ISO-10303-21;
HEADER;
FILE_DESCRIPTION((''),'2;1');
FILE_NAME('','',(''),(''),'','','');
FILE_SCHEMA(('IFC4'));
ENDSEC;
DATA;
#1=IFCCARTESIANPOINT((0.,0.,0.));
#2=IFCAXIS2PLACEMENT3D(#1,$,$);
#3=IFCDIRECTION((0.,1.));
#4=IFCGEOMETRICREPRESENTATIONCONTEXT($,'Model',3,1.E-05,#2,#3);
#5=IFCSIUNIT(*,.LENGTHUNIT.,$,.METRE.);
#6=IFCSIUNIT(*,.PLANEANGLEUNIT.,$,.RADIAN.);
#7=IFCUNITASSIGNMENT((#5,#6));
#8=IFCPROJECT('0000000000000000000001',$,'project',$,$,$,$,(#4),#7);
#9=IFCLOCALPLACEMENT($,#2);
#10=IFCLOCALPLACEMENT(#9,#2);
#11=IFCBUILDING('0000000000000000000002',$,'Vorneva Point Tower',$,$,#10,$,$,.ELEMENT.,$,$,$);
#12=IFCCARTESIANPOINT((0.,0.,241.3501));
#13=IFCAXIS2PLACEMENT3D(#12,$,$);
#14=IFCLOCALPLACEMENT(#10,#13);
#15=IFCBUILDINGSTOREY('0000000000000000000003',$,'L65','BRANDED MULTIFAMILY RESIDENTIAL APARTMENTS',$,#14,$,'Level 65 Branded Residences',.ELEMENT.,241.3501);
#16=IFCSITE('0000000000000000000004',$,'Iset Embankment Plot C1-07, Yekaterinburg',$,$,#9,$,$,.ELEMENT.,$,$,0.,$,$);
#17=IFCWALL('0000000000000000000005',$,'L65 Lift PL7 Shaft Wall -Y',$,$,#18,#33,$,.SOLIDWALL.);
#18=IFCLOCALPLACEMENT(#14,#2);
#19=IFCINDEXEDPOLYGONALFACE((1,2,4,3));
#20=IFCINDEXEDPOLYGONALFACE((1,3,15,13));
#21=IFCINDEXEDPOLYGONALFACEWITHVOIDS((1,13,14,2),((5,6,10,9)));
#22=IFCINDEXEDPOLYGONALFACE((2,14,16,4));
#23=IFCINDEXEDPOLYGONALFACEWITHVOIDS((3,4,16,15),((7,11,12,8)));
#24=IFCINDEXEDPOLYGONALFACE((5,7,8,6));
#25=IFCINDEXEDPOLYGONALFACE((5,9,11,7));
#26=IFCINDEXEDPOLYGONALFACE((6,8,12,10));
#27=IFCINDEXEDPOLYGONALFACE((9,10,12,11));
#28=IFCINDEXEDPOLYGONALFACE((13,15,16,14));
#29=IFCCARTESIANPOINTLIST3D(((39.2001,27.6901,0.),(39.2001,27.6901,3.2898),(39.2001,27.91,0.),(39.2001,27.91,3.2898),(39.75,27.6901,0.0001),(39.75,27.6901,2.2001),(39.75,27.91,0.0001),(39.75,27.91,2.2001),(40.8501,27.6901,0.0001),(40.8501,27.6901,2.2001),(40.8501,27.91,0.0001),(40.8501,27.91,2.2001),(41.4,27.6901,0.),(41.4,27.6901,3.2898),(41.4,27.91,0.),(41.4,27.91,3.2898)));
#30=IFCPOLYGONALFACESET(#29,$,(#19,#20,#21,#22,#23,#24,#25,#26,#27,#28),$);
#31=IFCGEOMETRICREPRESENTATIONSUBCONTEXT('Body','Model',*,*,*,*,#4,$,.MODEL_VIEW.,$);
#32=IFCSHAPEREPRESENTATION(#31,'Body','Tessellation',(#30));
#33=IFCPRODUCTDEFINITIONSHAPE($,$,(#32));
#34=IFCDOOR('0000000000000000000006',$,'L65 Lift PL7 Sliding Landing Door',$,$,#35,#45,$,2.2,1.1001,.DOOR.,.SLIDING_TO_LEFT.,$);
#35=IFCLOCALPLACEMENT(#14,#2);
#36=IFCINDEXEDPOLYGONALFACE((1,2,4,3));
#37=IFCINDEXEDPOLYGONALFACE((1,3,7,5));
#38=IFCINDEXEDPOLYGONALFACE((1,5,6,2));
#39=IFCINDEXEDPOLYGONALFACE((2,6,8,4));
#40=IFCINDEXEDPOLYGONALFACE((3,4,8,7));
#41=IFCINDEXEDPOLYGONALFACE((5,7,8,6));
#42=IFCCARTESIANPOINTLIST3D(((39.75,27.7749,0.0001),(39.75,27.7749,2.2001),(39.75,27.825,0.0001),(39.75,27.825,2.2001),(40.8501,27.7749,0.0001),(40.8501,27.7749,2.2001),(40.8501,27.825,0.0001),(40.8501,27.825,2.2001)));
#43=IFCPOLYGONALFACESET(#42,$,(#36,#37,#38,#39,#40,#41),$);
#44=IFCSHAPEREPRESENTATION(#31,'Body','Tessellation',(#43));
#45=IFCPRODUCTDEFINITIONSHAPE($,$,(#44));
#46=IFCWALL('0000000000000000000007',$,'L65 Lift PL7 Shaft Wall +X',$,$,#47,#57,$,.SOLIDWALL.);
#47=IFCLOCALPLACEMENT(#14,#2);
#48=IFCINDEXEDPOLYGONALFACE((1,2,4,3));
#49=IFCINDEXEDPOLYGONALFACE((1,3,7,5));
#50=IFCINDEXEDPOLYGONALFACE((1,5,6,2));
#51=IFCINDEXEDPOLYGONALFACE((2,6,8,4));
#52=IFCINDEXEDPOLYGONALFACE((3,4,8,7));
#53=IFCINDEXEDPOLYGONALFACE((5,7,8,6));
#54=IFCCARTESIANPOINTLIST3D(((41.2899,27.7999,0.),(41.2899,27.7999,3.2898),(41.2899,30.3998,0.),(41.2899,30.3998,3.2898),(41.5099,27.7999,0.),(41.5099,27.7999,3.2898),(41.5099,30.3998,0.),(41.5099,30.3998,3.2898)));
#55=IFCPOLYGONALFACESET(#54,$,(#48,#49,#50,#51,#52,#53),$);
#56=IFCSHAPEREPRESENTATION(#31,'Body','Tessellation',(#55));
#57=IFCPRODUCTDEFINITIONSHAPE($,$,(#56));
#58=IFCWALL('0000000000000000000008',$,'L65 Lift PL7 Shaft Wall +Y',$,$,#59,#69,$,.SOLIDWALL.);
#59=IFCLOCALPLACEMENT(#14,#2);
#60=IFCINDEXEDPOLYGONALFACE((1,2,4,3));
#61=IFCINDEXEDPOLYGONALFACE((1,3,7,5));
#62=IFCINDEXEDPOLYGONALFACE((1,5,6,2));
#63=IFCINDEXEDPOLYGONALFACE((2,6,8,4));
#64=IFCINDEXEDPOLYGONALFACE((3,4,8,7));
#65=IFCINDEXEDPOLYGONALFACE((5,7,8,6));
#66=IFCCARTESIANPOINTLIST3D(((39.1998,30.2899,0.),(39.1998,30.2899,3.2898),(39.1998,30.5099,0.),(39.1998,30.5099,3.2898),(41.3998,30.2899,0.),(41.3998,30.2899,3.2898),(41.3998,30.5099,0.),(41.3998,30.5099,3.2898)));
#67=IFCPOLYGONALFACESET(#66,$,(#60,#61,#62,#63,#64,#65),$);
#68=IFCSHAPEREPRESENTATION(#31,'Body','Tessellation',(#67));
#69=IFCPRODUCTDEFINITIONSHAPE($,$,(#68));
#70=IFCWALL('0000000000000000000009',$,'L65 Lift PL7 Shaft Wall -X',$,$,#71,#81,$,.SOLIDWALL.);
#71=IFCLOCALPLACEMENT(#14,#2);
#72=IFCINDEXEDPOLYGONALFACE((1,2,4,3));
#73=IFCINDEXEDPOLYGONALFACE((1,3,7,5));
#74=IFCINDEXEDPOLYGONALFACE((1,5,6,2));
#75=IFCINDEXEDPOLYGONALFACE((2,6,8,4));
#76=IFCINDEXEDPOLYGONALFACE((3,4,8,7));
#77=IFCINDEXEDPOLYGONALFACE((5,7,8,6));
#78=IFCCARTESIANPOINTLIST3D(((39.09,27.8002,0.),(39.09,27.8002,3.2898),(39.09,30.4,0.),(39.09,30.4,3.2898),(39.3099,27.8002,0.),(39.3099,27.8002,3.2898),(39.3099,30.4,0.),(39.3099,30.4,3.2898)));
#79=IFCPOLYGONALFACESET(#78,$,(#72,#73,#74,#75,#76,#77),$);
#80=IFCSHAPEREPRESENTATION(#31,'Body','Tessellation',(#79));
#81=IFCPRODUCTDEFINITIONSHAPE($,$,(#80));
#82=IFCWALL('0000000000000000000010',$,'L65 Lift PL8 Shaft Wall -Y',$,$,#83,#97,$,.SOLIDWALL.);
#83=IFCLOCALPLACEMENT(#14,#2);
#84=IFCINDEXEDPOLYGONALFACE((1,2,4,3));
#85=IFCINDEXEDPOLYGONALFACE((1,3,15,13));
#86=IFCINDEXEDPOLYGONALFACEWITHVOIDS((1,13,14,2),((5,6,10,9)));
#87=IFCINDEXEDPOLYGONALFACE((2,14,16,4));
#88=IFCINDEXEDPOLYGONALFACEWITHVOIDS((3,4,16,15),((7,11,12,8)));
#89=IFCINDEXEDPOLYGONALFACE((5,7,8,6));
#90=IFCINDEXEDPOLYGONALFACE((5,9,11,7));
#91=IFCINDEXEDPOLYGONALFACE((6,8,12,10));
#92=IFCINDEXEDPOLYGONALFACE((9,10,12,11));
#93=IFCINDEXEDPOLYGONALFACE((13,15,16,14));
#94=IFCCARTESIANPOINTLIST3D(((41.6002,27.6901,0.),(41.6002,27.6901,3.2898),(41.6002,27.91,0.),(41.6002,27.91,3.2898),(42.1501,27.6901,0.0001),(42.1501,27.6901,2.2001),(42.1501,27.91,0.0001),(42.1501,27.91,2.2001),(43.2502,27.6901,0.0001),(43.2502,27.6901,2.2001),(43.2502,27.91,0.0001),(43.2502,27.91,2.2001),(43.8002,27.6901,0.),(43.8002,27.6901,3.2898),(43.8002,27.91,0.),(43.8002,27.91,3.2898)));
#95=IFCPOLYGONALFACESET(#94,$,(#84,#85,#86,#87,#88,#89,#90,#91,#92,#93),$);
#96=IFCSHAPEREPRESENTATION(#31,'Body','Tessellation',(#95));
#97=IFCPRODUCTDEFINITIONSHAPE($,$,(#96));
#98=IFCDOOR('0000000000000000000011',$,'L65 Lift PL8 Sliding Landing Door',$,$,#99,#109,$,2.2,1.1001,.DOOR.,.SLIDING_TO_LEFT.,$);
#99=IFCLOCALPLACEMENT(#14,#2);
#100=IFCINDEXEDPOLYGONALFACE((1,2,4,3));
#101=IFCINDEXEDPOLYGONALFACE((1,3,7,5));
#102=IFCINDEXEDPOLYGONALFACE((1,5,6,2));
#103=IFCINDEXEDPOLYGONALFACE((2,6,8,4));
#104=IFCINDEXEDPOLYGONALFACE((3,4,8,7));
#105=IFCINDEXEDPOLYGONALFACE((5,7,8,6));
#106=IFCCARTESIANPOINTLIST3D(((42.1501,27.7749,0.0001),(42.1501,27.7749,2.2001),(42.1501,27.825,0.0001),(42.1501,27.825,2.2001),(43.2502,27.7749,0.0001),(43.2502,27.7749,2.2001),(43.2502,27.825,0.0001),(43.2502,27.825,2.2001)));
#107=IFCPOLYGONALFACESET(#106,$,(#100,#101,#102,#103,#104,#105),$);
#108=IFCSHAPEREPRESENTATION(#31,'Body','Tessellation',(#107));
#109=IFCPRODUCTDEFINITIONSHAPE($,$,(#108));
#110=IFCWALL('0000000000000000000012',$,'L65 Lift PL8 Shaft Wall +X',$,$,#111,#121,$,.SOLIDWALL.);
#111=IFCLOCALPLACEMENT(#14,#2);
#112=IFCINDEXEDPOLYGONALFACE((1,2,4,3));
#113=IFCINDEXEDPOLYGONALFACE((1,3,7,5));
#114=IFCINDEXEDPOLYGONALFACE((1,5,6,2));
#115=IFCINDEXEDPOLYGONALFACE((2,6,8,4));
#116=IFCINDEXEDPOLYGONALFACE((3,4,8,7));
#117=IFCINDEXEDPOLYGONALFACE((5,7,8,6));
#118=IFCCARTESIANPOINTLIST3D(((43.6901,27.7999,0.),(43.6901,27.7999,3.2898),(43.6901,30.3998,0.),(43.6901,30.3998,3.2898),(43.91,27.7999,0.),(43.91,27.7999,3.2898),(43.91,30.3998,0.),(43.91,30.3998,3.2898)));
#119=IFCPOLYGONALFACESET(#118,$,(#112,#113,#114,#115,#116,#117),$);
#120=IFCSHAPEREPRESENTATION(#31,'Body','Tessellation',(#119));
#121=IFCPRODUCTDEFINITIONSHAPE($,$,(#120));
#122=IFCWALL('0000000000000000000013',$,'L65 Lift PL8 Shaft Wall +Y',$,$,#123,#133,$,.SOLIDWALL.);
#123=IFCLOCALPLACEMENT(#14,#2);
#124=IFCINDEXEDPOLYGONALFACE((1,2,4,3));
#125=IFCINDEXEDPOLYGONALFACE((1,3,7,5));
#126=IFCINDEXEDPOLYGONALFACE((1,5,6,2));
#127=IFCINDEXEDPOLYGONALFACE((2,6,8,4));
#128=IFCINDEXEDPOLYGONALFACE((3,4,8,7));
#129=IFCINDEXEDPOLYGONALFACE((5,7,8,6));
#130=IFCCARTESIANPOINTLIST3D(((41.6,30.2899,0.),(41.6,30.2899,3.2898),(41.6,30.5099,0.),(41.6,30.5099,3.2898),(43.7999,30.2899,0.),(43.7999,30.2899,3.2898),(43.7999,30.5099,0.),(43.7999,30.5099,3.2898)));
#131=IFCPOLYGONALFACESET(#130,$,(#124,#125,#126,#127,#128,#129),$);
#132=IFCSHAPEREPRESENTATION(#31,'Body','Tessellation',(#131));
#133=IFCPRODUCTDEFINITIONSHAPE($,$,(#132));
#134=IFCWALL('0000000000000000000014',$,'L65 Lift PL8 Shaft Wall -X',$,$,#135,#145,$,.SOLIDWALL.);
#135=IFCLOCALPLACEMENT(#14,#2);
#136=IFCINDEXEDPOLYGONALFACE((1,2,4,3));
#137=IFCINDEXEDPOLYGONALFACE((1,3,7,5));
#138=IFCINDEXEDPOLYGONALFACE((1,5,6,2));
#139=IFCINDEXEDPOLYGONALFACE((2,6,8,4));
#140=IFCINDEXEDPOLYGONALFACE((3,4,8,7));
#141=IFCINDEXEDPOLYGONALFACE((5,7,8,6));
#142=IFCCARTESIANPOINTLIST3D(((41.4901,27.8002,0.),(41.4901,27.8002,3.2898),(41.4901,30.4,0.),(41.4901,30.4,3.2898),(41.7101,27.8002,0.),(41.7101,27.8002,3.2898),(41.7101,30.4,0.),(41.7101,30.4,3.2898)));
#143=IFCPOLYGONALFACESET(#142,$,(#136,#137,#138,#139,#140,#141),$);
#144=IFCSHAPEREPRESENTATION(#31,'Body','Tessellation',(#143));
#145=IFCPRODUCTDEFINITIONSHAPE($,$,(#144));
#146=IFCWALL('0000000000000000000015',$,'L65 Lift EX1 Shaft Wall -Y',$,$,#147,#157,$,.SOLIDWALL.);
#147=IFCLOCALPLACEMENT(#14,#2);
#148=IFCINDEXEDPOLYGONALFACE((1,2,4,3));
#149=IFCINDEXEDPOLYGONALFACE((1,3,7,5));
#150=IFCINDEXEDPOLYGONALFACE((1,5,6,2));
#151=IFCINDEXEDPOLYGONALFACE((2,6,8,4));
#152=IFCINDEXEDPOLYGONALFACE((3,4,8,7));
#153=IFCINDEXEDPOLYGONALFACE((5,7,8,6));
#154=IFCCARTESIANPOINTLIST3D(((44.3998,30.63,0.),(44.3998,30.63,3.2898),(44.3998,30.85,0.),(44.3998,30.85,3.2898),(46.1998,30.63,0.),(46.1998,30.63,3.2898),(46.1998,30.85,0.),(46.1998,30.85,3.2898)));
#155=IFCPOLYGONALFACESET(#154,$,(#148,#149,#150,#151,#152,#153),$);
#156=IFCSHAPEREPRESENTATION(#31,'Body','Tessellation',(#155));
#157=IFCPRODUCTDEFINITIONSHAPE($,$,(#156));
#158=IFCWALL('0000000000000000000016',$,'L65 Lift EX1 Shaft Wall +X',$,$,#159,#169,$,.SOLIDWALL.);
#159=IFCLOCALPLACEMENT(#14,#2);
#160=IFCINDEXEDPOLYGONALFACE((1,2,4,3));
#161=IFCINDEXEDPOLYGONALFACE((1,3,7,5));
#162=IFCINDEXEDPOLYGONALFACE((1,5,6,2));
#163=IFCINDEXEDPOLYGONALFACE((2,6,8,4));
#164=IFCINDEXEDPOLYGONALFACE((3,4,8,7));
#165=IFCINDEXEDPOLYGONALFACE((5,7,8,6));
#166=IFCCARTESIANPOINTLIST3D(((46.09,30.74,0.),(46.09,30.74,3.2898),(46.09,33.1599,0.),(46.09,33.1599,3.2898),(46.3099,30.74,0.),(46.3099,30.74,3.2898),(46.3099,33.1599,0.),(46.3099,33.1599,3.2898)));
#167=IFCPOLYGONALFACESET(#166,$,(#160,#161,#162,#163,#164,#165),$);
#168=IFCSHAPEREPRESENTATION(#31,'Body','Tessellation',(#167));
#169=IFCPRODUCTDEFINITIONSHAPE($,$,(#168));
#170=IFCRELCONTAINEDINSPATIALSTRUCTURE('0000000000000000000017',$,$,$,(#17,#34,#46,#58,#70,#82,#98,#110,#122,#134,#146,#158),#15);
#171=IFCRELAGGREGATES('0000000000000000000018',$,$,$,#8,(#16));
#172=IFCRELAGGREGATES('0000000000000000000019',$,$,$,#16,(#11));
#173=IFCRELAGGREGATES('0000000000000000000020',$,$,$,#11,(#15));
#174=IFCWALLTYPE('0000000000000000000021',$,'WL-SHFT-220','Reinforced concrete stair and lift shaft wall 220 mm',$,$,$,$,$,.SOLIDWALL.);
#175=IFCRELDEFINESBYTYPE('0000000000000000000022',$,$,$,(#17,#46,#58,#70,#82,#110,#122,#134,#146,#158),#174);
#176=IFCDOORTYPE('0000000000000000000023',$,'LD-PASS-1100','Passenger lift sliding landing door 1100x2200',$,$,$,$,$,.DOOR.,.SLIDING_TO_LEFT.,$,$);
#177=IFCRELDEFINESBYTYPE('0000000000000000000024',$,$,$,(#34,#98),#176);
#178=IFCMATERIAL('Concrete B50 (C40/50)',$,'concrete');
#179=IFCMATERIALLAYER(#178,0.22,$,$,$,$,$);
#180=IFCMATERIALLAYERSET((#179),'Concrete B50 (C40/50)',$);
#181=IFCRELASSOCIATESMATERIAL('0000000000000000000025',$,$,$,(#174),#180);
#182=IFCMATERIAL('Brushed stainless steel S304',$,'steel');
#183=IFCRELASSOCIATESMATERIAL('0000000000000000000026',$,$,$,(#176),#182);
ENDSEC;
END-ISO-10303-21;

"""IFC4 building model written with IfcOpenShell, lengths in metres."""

from ifc_helpers import new_model, si_unit, direction, frame, frame_2d, origin, place, context, subcontext, project, spatial, rectangle, extrude, material, layer, layer_set, type_object, element, fill, save


model = new_model("IFC4")

# Units and contexts
model_context = context("Model", 3, precision=1e-05, world=origin(), true_north=direction((0.0, 1.0)))
body_context = subcontext(model_context, "Body", "Model", "MODEL_VIEW")
ifc_project = project(units=[si_unit("LENGTHUNIT", "METRE"), si_unit("PLANEANGLEUNIT", "RADIAN")], contexts=[model_context])

# Site, building, storey
site_placement = place(None, origin())
site = spatial("IfcSite", under=ifc_project, at=site_placement, Name="Iset Embankment Plot C1-07, Yekaterinburg", CompositionType="ELEMENT", RefElevation=0.0)
building_placement = place(site_placement, origin())
building = spatial("IfcBuilding", under=site, at=building_placement, Name="Vorneva Point Tower", CompositionType="ELEMENT")
storey_placement = place(building_placement, frame((0.0, 0.0, 241.3501)))
storey = spatial("IfcBuildingStorey", under=building, at=storey_placement, Name="L65", Description="BRANDED MULTIFAMILY RESIDENTIAL APARTMENTS", LongName="Level 65 Branded Residences", CompositionType="ELEMENT", Elevation=241.3501)

# Shared definitions
ifc_material_1 = material(Name="Concrete B50 (C40/50)", Category="concrete")

# Shared definitions
ifc_material_2 = material(Name="Brushed stainless steel S304", Category="steel")

# Wall, opening, door
ifc_layer_1 = layer(ifc_material_1, 0.22)
ifc_layer_set_1 = layer_set([ifc_layer_1], Name="Concrete B50 (C40/50)")
wall_type_1 = type_object("IfcWallType", Name="WL-SHFT-220", Description="Reinforced concrete stair and lift shaft wall 220 mm", PredefinedType="SOLIDWALL", material=ifc_layer_set_1)
wall_1_placement = place(storey_placement, frame((39.2, 27.8, 0.0), z_axis=(0.0, 0.0, 1.0), x_axis=(1.0, 0.0, 0.0)))
wall_1 = element("IfcWall", 1, at=wall_1_placement, inside=storey, type_object=wall_type_1, Name="L65 Lift PL7 Shaft Wall -Y", PredefinedType="SOLIDWALL", context=body_context, shape_type="SweptSolid", body=[
    extrude(rectangle(XDim=2.2, YDim=0.22, at=frame_2d((1.1001, 0.0))), origin(), (0.0, 0.0, 1.0), 3.2898),
])
opening_1_placement = place(wall_1_placement, frame((0.55, 0.0, 0.0)))
opening_1 = element("IfcOpeningElement", 2, at=opening_1_placement, cuts=wall_1, PredefinedType="OPENING", context=body_context, shape_type="SweptSolid", body=[
    extrude(rectangle(XDim=1.1001, YDim=2.2, at=frame_2d((0.55, 1.1001))), frame((0.0, 0.125, 0.0), z_axis=(0.0, -1.0, 0.0), x_axis=(1.0, 0.0, 0.0)), (0.0, 0.0, 1.0), 0.2498),
])
door_type_1 = type_object("IfcDoorType", Name="LD-PASS-1100", Description="Passenger lift sliding landing door 1100x2200", OperationType="SLIDING_TO_LEFT", PredefinedType="DOOR", material=ifc_material_2)
door_1_placement = place(opening_1_placement, origin())
door_1 = element("IfcDoor", 3, at=door_1_placement, inside=storey, type_object=door_type_1, Name="L65 Lift PL7 Sliding Landing Door", OperationType="SLIDING_TO_LEFT", OverallHeight=2.2, OverallWidth=1.1001, PredefinedType="DOOR", context=body_context, shape_type="SweptSolid", body=[
    extrude(rectangle(XDim=1.1001, YDim=2.2, at=frame_2d((0.55, 1.1001))), frame((0.0, 0.0249, 0.0), z_axis=(0.0, -1.0, 0.0), x_axis=(1.0, 0.0, 0.0)), (0.0, 0.0, 1.0), 0.05),
])
fill(opening_1, door_1)

# Walls
wall_2_placement = place(storey_placement, frame((41.3999, 27.8, 0.0), z_axis=(0.0, 0.0, 1.0), x_axis=(0.0, 1.0, 0.0)))
element("IfcWall", 4, at=wall_2_placement, inside=storey, type_object=wall_type_1, Name="L65 Lift PL7 Shaft Wall +X", PredefinedType="SOLIDWALL", context=body_context, shape_type="SweptSolid", body=[
    extrude(rectangle(XDim=2.5999, YDim=0.22, at=frame_2d((1.2998, 0.0))), origin(), (0.0, 0.0, 1.0), 3.2898),
])
wall_3_placement = place(storey_placement, frame((41.3999, 30.3999, 0.0), z_axis=(0.0, 0.0, 1.0), x_axis=(-1.0, 0.0, 0.0)))
element("IfcWall", 5, at=wall_3_placement, inside=storey, type_object=wall_type_1, Name="L65 Lift PL7 Shaft Wall +Y", PredefinedType="SOLIDWALL", context=body_context, shape_type="SweptSolid", body=[
    extrude(rectangle(XDim=2.2, YDim=0.22, at=frame_2d((1.1001, 0.0))), origin(), (0.0, 0.0, 1.0), 3.2898),
])
wall_4_placement = place(storey_placement, frame((39.2, 30.3999, 0.0), z_axis=(0.0, 0.0, 1.0), x_axis=(0.0, -1.0, 0.0)))
element("IfcWall", 6, at=wall_4_placement, inside=storey, type_object=wall_type_1, Name="L65 Lift PL7 Shaft Wall -X", PredefinedType="SOLIDWALL", context=body_context, shape_type="SweptSolid", body=[
    extrude(rectangle(XDim=2.5999, YDim=0.22, at=frame_2d((1.2998, 0.0))), origin(), (0.0, 0.0, 1.0), 3.2898),
])

# Wall, opening, door
wall_5_placement = place(storey_placement, frame((41.6001, 27.8, 0.0), z_axis=(0.0, 0.0, 1.0), x_axis=(1.0, 0.0, 0.0)))
wall_5 = element("IfcWall", 7, at=wall_5_placement, inside=storey, type_object=wall_type_1, Name="L65 Lift PL8 Shaft Wall -Y", PredefinedType="SOLIDWALL", context=body_context, shape_type="SweptSolid", body=[
    extrude(rectangle(XDim=2.2, YDim=0.22, at=frame_2d((1.1001, 0.0))), origin(), (0.0, 0.0, 1.0), 3.2898),
])
opening_2_placement = place(wall_5_placement, frame((0.55, 0.0, 0.0)))
opening_2 = element("IfcOpeningElement", 8, at=opening_2_placement, cuts=wall_5, PredefinedType="OPENING", context=body_context, shape_type="SweptSolid", body=[
    extrude(rectangle(XDim=1.1001, YDim=2.2, at=frame_2d((0.55, 1.1001))), frame((0.0, 0.125, 0.0), z_axis=(0.0, -1.0, 0.0), x_axis=(1.0, 0.0, 0.0)), (0.0, 0.0, 1.0), 0.2498),
])
door_2_placement = place(opening_2_placement, origin())
door_2 = element("IfcDoor", 9, at=door_2_placement, inside=storey, type_object=door_type_1, Name="L65 Lift PL8 Sliding Landing Door", OperationType="SLIDING_TO_LEFT", OverallHeight=2.2, OverallWidth=1.1001, PredefinedType="DOOR", context=body_context, shape_type="SweptSolid", body=[
    extrude(rectangle(XDim=1.1001, YDim=2.2, at=frame_2d((0.55, 1.1001))), frame((0.0, 0.0249, 0.0), z_axis=(0.0, -1.0, 0.0), x_axis=(1.0, 0.0, 0.0)), (0.0, 0.0, 1.0), 0.05),
])
fill(opening_2, door_2)

# Walls
wall_6_placement = place(storey_placement, frame((43.8, 27.8, 0.0), z_axis=(0.0, 0.0, 1.0), x_axis=(0.0, 1.0, 0.0)))
element("IfcWall", 10, at=wall_6_placement, inside=storey, type_object=wall_type_1, Name="L65 Lift PL8 Shaft Wall +X", PredefinedType="SOLIDWALL", context=body_context, shape_type="SweptSolid", body=[
    extrude(rectangle(XDim=2.5999, YDim=0.22, at=frame_2d((1.2998, 0.0))), origin(), (0.0, 0.0, 1.0), 3.2898),
])
wall_7_placement = place(storey_placement, frame((43.8, 30.3999, 0.0), z_axis=(0.0, 0.0, 1.0), x_axis=(-1.0, 0.0, 0.0)))
element("IfcWall", 11, at=wall_7_placement, inside=storey, type_object=wall_type_1, Name="L65 Lift PL8 Shaft Wall +Y", PredefinedType="SOLIDWALL", context=body_context, shape_type="SweptSolid", body=[
    extrude(rectangle(XDim=2.2, YDim=0.22, at=frame_2d((1.1001, 0.0))), origin(), (0.0, 0.0, 1.0), 3.2898),
])
wall_8_placement = place(storey_placement, frame((41.6001, 30.3999, 0.0), z_axis=(0.0, 0.0, 1.0), x_axis=(0.0, -1.0, 0.0)))
element("IfcWall", 12, at=wall_8_placement, inside=storey, type_object=wall_type_1, Name="L65 Lift PL8 Shaft Wall -X", PredefinedType="SOLIDWALL", context=body_context, shape_type="SweptSolid", body=[
    extrude(rectangle(XDim=2.5999, YDim=0.22, at=frame_2d((1.2998, 0.0))), origin(), (0.0, 0.0, 1.0), 3.2898),
])
wall_9_placement = place(storey_placement, frame((44.3999, 30.74, 0.0), z_axis=(0.0, 0.0, 1.0), x_axis=(1.0, 0.0, 0.0)))
element("IfcWall", 13, at=wall_9_placement, inside=storey, type_object=wall_type_1, Name="L65 Lift EX1 Shaft Wall -Y", PredefinedType="SOLIDWALL", context=body_context, shape_type="SweptSolid", body=[
    extrude(rectangle(XDim=1.8, YDim=0.22, at=frame_2d((0.8999, 0.0))), origin(), (0.0, 0.0, 1.0), 3.2898),
])
wall_10_placement = place(storey_placement, frame((46.2, 30.74, 0.0), z_axis=(0.0, 0.0, 1.0), x_axis=(0.0, 1.0, 0.0)))
element("IfcWall", 14, at=wall_10_placement, inside=storey, type_object=wall_type_1, Name="L65 Lift EX1 Shaft Wall +X", PredefinedType="SOLIDWALL", context=body_context, shape_type="SweptSolid", body=[
    extrude(rectangle(XDim=2.4199, YDim=0.22, at=frame_2d((1.21, 0.0))), origin(), (0.0, 0.0, 1.0), 3.2898),
])

save(model, "model.ifc")
